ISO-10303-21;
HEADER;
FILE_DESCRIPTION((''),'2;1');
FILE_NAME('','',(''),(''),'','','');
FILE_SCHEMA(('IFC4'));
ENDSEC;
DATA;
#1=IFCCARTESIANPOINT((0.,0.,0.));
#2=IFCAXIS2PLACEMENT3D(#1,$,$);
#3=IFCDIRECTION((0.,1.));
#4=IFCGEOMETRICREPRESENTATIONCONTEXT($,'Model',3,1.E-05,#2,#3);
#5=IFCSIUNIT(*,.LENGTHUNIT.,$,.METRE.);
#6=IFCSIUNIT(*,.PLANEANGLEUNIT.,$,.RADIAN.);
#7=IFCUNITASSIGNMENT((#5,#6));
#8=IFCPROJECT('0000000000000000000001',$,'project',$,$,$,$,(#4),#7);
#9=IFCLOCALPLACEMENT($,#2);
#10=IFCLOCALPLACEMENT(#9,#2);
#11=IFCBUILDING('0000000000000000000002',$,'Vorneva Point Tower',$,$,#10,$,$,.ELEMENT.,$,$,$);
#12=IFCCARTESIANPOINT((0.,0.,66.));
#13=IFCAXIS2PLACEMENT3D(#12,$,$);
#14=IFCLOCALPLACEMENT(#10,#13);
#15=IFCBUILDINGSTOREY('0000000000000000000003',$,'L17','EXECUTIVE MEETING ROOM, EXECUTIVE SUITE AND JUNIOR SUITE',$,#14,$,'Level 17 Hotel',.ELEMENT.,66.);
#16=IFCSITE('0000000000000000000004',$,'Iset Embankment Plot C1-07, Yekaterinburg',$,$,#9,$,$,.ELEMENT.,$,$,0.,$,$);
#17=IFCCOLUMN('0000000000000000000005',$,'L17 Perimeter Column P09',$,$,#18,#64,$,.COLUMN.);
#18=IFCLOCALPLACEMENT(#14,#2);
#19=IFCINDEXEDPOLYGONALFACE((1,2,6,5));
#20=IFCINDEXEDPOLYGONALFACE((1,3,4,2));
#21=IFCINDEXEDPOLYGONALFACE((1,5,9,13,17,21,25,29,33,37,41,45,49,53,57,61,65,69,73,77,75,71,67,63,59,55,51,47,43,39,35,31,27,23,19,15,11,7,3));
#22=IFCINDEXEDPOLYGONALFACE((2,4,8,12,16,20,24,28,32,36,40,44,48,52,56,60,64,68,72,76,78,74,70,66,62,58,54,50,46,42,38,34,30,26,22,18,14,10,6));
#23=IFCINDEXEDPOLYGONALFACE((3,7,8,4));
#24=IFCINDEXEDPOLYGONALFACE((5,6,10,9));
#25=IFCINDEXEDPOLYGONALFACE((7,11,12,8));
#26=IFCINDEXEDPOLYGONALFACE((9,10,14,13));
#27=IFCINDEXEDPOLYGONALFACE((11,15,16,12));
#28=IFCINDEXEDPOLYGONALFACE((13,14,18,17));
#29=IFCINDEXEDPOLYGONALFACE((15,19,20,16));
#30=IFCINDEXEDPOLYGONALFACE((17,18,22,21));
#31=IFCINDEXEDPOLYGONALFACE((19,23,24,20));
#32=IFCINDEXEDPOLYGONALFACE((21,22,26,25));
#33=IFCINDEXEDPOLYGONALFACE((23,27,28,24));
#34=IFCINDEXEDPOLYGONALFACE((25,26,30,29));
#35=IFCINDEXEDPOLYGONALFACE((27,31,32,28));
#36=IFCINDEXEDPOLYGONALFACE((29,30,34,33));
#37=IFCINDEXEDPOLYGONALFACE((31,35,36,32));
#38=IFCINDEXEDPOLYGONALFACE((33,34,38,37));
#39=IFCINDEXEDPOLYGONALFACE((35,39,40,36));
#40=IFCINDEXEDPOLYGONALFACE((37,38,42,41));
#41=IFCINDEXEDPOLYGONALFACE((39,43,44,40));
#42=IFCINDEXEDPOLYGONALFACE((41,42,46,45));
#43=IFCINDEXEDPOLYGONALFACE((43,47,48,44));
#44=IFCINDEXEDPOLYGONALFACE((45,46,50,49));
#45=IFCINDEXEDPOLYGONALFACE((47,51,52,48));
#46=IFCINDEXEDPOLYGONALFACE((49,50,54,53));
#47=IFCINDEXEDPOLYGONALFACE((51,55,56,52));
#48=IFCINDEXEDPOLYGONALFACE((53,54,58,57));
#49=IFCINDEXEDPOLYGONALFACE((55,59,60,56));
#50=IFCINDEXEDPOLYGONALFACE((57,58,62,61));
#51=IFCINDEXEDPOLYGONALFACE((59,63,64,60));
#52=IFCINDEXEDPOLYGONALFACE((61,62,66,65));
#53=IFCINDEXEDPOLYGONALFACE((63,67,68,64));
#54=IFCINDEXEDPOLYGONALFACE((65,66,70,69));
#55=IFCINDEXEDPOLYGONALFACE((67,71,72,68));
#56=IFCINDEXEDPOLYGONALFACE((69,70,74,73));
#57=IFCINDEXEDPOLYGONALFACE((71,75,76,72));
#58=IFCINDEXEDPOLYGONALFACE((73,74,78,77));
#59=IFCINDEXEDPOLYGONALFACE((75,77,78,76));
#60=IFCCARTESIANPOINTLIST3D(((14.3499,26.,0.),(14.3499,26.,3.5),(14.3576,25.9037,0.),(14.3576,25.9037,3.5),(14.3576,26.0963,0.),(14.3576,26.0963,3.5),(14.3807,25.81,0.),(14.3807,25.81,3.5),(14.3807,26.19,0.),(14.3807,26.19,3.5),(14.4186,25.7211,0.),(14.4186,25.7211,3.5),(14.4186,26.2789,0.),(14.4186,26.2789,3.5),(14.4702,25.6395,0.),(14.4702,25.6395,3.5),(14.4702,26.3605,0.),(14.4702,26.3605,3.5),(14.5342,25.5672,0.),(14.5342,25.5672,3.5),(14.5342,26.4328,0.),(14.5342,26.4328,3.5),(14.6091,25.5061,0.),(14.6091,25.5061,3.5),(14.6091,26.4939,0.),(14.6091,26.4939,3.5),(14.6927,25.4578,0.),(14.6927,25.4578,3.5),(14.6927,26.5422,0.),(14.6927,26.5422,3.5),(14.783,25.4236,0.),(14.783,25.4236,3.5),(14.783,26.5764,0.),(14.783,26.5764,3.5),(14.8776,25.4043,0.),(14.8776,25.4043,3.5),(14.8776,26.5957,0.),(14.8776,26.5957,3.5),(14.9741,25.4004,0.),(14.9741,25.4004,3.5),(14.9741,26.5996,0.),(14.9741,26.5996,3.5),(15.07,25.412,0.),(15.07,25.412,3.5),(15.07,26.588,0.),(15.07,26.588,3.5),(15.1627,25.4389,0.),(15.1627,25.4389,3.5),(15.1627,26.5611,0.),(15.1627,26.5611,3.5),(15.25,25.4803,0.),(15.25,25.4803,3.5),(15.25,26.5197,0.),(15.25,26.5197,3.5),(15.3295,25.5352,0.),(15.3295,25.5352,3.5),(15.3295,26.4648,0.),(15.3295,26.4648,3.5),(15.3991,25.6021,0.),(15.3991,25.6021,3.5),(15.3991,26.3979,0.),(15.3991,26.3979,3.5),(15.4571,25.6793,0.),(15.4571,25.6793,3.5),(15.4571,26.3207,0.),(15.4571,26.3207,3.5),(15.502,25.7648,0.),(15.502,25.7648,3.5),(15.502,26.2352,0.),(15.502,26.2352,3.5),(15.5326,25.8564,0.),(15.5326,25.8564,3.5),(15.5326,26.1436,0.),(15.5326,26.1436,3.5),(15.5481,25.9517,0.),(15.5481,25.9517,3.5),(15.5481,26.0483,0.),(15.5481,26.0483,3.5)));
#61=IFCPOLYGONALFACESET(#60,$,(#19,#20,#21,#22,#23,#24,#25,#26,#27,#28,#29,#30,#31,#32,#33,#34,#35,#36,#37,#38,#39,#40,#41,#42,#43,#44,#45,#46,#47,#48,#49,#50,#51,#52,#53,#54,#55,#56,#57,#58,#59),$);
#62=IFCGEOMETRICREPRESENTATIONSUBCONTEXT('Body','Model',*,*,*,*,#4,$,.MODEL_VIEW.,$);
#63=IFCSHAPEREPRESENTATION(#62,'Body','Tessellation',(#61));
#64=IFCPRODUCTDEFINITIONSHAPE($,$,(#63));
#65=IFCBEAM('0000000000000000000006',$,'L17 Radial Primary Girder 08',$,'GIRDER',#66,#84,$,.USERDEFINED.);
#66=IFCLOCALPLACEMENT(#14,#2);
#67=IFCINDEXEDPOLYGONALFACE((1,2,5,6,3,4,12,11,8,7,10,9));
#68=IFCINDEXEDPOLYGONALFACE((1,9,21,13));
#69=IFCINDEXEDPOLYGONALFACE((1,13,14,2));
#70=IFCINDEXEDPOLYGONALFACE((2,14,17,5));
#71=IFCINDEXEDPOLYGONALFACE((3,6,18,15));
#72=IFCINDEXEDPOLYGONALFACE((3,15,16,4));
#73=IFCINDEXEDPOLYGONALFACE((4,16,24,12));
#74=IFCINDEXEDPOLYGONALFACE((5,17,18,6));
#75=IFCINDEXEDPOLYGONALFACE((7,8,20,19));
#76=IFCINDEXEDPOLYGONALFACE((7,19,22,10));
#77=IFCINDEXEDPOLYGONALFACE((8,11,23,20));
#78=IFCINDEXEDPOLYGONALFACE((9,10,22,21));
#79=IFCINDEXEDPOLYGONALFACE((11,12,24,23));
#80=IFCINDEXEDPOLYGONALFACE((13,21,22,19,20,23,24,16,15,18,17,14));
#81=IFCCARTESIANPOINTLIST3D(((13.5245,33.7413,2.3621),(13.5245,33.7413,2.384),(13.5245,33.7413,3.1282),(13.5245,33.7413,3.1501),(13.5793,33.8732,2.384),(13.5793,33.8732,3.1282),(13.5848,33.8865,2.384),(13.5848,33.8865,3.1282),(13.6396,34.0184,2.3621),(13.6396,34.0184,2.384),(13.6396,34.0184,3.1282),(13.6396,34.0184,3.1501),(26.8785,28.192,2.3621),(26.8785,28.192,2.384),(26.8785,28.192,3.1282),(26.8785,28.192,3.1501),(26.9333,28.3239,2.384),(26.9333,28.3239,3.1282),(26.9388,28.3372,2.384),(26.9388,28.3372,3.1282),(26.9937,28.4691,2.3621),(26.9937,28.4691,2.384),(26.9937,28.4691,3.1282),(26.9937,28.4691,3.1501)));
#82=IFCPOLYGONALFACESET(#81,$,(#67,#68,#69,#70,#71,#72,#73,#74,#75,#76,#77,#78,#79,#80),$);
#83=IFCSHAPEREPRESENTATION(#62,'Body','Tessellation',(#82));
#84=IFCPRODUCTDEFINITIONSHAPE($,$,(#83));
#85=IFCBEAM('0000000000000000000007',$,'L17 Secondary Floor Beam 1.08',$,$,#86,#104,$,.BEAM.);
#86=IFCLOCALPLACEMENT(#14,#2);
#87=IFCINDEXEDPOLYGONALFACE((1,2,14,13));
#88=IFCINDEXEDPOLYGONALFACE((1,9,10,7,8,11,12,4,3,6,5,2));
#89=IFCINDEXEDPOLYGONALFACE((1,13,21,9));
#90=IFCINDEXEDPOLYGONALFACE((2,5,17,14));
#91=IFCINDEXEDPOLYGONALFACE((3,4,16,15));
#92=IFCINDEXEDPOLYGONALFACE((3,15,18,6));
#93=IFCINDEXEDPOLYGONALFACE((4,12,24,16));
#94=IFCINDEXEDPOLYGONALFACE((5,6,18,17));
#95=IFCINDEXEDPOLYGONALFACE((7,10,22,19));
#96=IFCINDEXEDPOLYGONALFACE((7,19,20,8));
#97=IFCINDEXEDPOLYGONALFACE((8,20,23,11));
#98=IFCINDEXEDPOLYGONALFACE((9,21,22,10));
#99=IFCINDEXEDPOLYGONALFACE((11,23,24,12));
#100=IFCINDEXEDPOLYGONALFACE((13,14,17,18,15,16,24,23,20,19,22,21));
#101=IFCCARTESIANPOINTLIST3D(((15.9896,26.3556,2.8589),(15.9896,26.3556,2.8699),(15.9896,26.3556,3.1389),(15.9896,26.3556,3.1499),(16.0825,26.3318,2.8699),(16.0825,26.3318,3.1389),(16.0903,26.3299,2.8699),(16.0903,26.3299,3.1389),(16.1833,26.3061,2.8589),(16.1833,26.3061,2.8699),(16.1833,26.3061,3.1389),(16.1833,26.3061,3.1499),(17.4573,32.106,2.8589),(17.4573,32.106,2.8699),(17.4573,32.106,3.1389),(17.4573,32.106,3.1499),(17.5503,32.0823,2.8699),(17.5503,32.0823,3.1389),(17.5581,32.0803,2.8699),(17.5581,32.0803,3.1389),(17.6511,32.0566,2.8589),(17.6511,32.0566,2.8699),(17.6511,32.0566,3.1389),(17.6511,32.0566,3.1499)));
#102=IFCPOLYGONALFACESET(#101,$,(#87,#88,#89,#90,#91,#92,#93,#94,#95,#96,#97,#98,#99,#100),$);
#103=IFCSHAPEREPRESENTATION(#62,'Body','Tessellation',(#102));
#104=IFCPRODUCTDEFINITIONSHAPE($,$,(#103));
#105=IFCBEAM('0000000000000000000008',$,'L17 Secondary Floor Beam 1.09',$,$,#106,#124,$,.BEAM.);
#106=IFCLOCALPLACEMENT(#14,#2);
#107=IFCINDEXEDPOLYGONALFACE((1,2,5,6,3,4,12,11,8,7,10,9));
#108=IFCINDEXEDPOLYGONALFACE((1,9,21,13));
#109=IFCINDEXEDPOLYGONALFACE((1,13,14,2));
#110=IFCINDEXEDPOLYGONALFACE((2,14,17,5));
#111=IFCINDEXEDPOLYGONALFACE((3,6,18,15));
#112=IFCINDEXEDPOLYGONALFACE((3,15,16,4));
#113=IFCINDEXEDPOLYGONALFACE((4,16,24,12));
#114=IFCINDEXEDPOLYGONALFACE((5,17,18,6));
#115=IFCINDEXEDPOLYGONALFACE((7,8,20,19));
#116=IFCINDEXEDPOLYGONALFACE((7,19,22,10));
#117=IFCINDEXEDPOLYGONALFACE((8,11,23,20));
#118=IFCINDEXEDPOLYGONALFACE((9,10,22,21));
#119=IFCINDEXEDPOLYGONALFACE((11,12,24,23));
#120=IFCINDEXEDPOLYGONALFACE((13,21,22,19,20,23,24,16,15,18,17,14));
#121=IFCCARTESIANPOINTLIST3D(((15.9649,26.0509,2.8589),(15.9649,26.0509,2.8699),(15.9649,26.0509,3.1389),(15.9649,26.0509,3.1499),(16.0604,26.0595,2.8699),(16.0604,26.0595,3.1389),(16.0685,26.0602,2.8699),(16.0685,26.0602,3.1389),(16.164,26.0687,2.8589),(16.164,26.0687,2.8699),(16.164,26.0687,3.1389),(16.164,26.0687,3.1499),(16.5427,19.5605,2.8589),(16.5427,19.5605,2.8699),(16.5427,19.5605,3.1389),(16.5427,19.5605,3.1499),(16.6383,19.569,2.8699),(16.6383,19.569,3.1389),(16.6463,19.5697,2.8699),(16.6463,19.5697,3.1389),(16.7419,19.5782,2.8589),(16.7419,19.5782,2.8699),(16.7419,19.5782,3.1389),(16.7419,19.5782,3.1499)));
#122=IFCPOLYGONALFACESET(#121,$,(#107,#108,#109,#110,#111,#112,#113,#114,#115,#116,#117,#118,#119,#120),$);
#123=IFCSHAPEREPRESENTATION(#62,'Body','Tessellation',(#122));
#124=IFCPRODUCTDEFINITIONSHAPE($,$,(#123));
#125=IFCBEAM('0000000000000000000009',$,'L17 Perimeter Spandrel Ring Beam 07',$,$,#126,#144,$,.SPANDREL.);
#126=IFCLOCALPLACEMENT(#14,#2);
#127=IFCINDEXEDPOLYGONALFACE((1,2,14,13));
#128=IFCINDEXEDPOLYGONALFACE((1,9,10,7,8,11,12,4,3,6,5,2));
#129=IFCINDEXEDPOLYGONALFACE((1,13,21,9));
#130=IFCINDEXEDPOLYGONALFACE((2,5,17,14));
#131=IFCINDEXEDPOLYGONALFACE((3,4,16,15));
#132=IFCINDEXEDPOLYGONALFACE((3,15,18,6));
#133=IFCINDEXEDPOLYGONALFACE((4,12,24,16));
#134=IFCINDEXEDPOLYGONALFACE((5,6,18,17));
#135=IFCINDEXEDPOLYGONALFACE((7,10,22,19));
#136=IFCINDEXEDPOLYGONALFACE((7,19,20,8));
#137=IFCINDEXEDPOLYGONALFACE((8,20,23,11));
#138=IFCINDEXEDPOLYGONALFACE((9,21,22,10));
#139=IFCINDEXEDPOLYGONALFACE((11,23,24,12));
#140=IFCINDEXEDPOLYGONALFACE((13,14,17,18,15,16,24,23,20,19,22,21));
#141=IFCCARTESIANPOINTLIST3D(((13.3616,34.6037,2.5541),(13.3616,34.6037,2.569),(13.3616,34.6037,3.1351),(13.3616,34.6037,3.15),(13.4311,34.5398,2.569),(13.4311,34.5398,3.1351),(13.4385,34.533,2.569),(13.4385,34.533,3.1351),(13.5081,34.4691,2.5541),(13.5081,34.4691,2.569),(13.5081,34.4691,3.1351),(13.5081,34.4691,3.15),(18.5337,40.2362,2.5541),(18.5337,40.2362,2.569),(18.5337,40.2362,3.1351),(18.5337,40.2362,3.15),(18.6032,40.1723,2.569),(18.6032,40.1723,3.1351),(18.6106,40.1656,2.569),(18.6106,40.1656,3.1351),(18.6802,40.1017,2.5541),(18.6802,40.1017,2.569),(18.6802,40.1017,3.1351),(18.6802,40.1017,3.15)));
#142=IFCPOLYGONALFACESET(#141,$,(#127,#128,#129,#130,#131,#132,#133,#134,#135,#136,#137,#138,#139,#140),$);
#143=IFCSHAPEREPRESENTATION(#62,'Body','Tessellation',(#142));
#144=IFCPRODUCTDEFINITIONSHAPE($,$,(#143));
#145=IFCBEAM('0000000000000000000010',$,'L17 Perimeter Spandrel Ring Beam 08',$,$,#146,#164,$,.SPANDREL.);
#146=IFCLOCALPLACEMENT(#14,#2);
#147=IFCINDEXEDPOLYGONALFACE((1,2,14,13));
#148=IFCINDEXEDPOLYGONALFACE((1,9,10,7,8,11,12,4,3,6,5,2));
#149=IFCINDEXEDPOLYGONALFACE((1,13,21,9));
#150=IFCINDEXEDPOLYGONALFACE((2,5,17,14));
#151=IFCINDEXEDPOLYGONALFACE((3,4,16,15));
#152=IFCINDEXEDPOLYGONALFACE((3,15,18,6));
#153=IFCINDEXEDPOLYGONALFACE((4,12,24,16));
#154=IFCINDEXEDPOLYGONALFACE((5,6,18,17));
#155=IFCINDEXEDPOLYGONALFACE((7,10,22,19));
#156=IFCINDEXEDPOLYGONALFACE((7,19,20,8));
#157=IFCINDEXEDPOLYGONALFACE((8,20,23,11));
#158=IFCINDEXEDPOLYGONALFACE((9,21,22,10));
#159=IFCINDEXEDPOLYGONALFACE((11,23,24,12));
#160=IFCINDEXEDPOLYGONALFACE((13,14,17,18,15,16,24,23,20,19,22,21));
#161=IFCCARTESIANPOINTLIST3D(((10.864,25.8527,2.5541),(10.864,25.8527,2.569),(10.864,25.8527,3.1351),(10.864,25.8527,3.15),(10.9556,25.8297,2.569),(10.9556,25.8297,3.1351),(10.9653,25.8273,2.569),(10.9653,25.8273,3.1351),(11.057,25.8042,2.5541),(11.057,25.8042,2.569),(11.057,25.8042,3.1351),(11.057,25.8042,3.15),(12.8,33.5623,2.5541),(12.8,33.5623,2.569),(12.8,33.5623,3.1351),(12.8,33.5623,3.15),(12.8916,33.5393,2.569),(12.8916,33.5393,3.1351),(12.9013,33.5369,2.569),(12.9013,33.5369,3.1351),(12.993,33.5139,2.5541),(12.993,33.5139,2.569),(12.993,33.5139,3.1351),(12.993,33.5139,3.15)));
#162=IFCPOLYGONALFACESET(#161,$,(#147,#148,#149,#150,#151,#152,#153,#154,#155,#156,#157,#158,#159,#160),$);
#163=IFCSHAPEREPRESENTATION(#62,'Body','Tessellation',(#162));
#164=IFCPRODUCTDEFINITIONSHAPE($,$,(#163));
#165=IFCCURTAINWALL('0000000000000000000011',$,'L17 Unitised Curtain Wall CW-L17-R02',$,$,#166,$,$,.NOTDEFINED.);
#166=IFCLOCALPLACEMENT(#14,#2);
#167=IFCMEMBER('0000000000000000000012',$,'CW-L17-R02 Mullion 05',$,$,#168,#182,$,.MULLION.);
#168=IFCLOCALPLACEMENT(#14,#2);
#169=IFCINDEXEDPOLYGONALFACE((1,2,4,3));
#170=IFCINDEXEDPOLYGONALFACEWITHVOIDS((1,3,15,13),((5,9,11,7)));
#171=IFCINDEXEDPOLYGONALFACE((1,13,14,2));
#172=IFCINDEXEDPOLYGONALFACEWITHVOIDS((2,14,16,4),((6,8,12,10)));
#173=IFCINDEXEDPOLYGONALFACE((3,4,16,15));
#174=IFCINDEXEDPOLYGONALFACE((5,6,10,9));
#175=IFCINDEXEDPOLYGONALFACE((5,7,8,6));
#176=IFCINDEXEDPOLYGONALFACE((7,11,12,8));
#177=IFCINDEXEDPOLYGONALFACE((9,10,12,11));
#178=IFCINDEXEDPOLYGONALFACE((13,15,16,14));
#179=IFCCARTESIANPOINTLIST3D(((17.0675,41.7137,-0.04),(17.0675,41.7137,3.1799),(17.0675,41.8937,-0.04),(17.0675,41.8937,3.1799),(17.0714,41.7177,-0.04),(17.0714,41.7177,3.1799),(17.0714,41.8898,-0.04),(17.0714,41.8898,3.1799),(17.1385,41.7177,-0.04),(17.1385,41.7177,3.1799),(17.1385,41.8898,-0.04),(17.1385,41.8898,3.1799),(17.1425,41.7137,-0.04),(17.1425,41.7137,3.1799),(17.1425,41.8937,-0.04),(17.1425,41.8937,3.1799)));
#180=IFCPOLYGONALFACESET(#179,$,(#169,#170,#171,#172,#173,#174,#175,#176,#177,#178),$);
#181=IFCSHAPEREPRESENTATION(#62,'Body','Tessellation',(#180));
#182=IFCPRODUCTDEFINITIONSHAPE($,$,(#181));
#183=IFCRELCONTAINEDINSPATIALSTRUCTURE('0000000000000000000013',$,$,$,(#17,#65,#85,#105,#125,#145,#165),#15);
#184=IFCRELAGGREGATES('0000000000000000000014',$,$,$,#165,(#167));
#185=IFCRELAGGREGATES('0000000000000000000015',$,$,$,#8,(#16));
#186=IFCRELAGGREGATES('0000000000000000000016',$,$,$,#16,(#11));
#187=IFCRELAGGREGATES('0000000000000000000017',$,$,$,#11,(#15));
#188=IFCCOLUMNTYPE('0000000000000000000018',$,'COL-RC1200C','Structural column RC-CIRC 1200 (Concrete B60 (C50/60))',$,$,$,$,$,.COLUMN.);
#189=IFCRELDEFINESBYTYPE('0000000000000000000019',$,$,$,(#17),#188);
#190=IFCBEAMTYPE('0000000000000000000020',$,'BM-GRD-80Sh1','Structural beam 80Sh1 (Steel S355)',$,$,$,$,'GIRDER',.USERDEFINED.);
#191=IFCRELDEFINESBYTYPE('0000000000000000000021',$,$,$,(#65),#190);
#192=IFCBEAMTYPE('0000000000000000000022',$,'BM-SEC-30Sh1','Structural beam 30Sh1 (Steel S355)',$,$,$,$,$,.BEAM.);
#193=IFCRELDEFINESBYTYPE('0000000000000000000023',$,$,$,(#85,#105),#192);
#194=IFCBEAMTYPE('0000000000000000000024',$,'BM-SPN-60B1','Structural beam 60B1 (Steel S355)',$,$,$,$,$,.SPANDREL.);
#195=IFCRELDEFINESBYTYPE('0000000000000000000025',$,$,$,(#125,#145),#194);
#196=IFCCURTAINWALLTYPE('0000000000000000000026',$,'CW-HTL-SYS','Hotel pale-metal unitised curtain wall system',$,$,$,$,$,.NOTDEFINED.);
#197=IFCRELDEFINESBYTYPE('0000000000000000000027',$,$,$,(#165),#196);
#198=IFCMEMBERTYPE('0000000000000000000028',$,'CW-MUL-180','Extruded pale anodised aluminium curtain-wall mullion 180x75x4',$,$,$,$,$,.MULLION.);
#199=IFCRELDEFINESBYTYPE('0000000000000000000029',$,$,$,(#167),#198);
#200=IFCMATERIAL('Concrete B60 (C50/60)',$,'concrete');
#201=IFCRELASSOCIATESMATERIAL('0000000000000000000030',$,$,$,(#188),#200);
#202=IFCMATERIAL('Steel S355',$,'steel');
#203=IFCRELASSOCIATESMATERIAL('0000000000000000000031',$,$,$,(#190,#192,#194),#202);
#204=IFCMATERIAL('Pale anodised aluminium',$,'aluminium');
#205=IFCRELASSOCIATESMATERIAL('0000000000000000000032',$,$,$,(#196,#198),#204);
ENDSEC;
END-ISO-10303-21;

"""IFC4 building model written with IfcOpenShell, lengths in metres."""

from ifc_helpers import new_model, si_unit, direction, frame, origin, origin_2d, place, context, subcontext, project, spatial, hollow_rectangle, circle, i_section, extrude, material, material_profile, profile_set, type_object, element, aggregate, save


model = new_model("IFC4")

# Units and contexts
model_context = context("Model", 3, precision=1e-05, world=origin(), true_north=direction((0.0, 1.0)))
body_context = subcontext(model_context, "Body", "Model", "MODEL_VIEW")
ifc_project = project(units=[si_unit("LENGTHUNIT", "METRE"), si_unit("PLANEANGLEUNIT", "RADIAN")], contexts=[model_context])

# Site, building, storey
site_placement = place(None, origin())
site = spatial("IfcSite", under=ifc_project, at=site_placement, Name="Iset Embankment Plot C1-07, Yekaterinburg", CompositionType="ELEMENT", RefElevation=0.0)
building_placement = place(site_placement, origin())
building = spatial("IfcBuilding", under=site, at=building_placement, Name="Vorneva Point Tower", CompositionType="ELEMENT")
storey_placement = place(building_placement, frame((0.0, 0.0, 66.0)))
storey = spatial("IfcBuildingStorey", under=building, at=storey_placement, Name="L17", Description="EXECUTIVE MEETING ROOM, EXECUTIVE SUITE AND JUNIOR SUITE", LongName="Level 17 Hotel", CompositionType="ELEMENT", Elevation=66.0)

# Column
ifc_material_1 = material(Name="Concrete B60 (C50/60)", Category="concrete")
ifc_material_profile_1 = material_profile(ifc_material_1, circle(Radius=0.6001, at=origin_2d()), Name="RC-CIRC 1200")
ifc_profile_set_1 = profile_set([ifc_material_profile_1], Name="Concrete B60 (C50/60)")
column_type = type_object("IfcColumnType", Name="COL-RC1200C", Description="Structural column RC-CIRC 1200 (Concrete B60 (C50/60))", PredefinedType="COLUMN", material=ifc_profile_set_1)
for number, where, z_axis, x_axis, name in (
    (1, (14.95, 26.0, 0.0), (0.0, 0.0, 1.0), (-1.0, 0.0, 0.0), "L17 Perimeter Column P09"),
):
    element("IfcColumn", number, at=place(storey_placement, frame(where, z_axis=z_axis, x_axis=x_axis)), inside=storey, type_object=column_type, Name=name, PredefinedType="COLUMN", context=body_context, shape_type="SweptSolid", body=[
        extrude(circle(Radius=0.6001, at=origin_2d()), origin(), (0.0, 0.0, 1.0), 3.5),
    ])

# Beams
ifc_material_2 = material(Name="Steel S355", Category="steel")
ifc_material_profile_2 = material_profile(ifc_material_2, i_section(OverallWidth=0.3, OverallDepth=0.7881, WebThickness=0.0144, FlangeThickness=0.022, at=origin_2d()), Name="80Sh1")
ifc_profile_set_2 = profile_set([ifc_material_profile_2], Name="Steel S355")
beam_type_1 = type_object("IfcBeamType", Name="BM-GRD-80Sh1", Description="Structural beam 80Sh1 (Steel S355)", ElementType="GIRDER", PredefinedType="USERDEFINED", material=ifc_profile_set_2)
beam_1_placement = place(storey_placement, frame((13.582, 33.8799, 2.7561), z_axis=(0.923441, -0.38374, 0.0), x_axis=(0.38374, 0.923441, 0.0)))
element("IfcBeam", 2, at=beam_1_placement, inside=storey, type_object=beam_type_1, Name="L17 Radial Primary Girder 08", ObjectType="GIRDER", PredefinedType="USERDEFINED", context=body_context, shape_type="SweptSolid", body=[
    extrude(i_section(OverallWidth=0.3, OverallDepth=0.7881, WebThickness=0.0144, FlangeThickness=0.022, at=origin_2d()), origin(), (0.0, 0.0, 1.0), 14.4612),
])
ifc_material_profile_3 = material_profile(ifc_material_2, i_section(OverallWidth=0.2, OverallDepth=0.291, WebThickness=0.0081, FlangeThickness=0.011, at=origin_2d()), Name="30Sh1")
ifc_profile_set_3 = profile_set([ifc_material_profile_3], Name="Steel S355")
beam_type_2 = type_object("IfcBeamType", Name="BM-SEC-30Sh1", Description="Structural beam 30Sh1 (Steel S355)", PredefinedType="BEAM", material=ifc_profile_set_3)
beam_2_placement = place(storey_placement, frame((17.5542, 32.0813, 3.0044), z_axis=(-0.247314, -0.968935, 0.0), x_axis=(0.968935, -0.247314, 0.0)))
element("IfcBeam", 3, at=beam_2_placement, inside=storey, type_object=beam_type_2, Name="L17 Secondary Floor Beam 1.08", PredefinedType="BEAM", context=body_context, shape_type="SweptSolid", body=[
    extrude(i_section(OverallWidth=0.2, OverallDepth=0.291, WebThickness=0.0081, FlangeThickness=0.011, at=origin_2d()), origin(), (0.0, 0.0, 1.0), 5.9348),
])
beam_3_placement = place(storey_placement, frame((16.0645, 26.0598, 3.0044), z_axis=(0.088684, -0.99606, 0.0), x_axis=(0.99606, 0.088684, 0.0)))
element("IfcBeam", 4, at=beam_3_placement, inside=storey, type_object=beam_type_2, Name="L17 Secondary Floor Beam 1.09", PredefinedType="BEAM", context=body_context, shape_type="SweptSolid", body=[
    extrude(i_section(OverallWidth=0.2, OverallDepth=0.291, WebThickness=0.0081, FlangeThickness=0.011, at=origin_2d()), origin(), (0.0, 0.0, 1.0), 6.5161),
])
ifc_material_profile_4 = material_profile(ifc_material_2, i_section(OverallWidth=0.199, OverallDepth=0.5959, WebThickness=0.01, FlangeThickness=0.0149, at=origin_2d()), Name="60B1")
ifc_profile_set_4 = profile_set([ifc_material_profile_4], Name="Steel S355")
beam_type_3 = type_object("IfcBeamType", Name="BM-SPN-60B1", Description="Structural beam 60B1 (Steel S355)", PredefinedType="SPANDREL", material=ifc_profile_set_4)
beam_4_placement = place(storey_placement, frame((18.6069, 40.1689, 2.8521), z_axis=(-0.676359, -0.736572, 0.0), x_axis=(0.736572, -0.676359, 0.0)))
element("IfcBeam", 5, at=beam_4_placement, inside=storey, type_object=beam_type_3, Name="L17 Perimeter Spandrel Ring Beam 07", PredefinedType="SPANDREL", context=body_context, shape_type="SweptSolid", body=[
    extrude(i_section(OverallWidth=0.199, OverallDepth=0.5959, WebThickness=0.01, FlangeThickness=0.0149, at=origin_2d()), origin(), (0.0, 0.0, 1.0), 7.647),
])
beam_5_placement = place(storey_placement, frame((12.8965, 33.5381, 2.8521), z_axis=(-0.243554, -0.969887, 0.0), x_axis=(0.969887, -0.243554, 0.0)))
element("IfcBeam", 6, at=beam_5_placement, inside=storey, type_object=beam_type_3, Name="L17 Perimeter Spandrel Ring Beam 08", PredefinedType="SPANDREL", context=body_context, shape_type="SweptSolid", body=[
    extrude(i_section(OverallWidth=0.199, OverallDepth=0.5959, WebThickness=0.01, FlangeThickness=0.0149, at=origin_2d()), origin(), (0.0, 0.0, 1.0), 7.949),
])

# Curtain wall, member
ifc_material_3 = material(Name="Pale anodised aluminium", Category="aluminium")
curtain_wall_type = type_object("IfcCurtainWallType", Name="CW-HTL-SYS", Description="Hotel pale-metal unitised curtain wall system", PredefinedType="NOTDEFINED", material=ifc_material_3)
curtain_wall_1_placement = place(storey_placement, origin())
curtain_wall_1 = element("IfcCurtainWall", 7, at=curtain_wall_1_placement, inside=storey, type_object=curtain_wall_type, Name="L17 Unitised Curtain Wall CW-L17-R02", PredefinedType="NOTDEFINED")
ifc_material_profile_5 = material_profile(ifc_material_3, hollow_rectangle(XDim=0.075, YDim=0.1799, WallThickness=0.0039, at=origin_2d()), Name="AL-MUL 180x75x4")
ifc_profile_set_5 = profile_set([ifc_material_profile_5], Name="Pale anodised aluminium")
member_type_1 = type_object("IfcMemberType", Name="CW-MUL-180", Description="Extruded pale anodised aluminium curtain-wall mullion 180x75x4", PredefinedType="MULLION", material=ifc_profile_set_5)
member_1_placement = place(storey_placement, frame((17.105, 41.8037, -0.04), z_axis=(0.0, 0.0, 1.0), x_axis=(1.0, 0.0, 0.0)))
member_1 = element("IfcMember", 8, at=member_1_placement, type_object=member_type_1, Name="CW-L17-R02 Mullion 05", PredefinedType="MULLION", context=body_context, shape_type="SweptSolid", body=[
    extrude(hollow_rectangle(XDim=0.075, YDim=0.1799, WallThickness=0.0039, at=origin_2d()), origin(), (0.0, 0.0, 1.0), 3.22),
])

aggregate(curtain_wall_1, [member_1])

save(model, "model.ifc")
